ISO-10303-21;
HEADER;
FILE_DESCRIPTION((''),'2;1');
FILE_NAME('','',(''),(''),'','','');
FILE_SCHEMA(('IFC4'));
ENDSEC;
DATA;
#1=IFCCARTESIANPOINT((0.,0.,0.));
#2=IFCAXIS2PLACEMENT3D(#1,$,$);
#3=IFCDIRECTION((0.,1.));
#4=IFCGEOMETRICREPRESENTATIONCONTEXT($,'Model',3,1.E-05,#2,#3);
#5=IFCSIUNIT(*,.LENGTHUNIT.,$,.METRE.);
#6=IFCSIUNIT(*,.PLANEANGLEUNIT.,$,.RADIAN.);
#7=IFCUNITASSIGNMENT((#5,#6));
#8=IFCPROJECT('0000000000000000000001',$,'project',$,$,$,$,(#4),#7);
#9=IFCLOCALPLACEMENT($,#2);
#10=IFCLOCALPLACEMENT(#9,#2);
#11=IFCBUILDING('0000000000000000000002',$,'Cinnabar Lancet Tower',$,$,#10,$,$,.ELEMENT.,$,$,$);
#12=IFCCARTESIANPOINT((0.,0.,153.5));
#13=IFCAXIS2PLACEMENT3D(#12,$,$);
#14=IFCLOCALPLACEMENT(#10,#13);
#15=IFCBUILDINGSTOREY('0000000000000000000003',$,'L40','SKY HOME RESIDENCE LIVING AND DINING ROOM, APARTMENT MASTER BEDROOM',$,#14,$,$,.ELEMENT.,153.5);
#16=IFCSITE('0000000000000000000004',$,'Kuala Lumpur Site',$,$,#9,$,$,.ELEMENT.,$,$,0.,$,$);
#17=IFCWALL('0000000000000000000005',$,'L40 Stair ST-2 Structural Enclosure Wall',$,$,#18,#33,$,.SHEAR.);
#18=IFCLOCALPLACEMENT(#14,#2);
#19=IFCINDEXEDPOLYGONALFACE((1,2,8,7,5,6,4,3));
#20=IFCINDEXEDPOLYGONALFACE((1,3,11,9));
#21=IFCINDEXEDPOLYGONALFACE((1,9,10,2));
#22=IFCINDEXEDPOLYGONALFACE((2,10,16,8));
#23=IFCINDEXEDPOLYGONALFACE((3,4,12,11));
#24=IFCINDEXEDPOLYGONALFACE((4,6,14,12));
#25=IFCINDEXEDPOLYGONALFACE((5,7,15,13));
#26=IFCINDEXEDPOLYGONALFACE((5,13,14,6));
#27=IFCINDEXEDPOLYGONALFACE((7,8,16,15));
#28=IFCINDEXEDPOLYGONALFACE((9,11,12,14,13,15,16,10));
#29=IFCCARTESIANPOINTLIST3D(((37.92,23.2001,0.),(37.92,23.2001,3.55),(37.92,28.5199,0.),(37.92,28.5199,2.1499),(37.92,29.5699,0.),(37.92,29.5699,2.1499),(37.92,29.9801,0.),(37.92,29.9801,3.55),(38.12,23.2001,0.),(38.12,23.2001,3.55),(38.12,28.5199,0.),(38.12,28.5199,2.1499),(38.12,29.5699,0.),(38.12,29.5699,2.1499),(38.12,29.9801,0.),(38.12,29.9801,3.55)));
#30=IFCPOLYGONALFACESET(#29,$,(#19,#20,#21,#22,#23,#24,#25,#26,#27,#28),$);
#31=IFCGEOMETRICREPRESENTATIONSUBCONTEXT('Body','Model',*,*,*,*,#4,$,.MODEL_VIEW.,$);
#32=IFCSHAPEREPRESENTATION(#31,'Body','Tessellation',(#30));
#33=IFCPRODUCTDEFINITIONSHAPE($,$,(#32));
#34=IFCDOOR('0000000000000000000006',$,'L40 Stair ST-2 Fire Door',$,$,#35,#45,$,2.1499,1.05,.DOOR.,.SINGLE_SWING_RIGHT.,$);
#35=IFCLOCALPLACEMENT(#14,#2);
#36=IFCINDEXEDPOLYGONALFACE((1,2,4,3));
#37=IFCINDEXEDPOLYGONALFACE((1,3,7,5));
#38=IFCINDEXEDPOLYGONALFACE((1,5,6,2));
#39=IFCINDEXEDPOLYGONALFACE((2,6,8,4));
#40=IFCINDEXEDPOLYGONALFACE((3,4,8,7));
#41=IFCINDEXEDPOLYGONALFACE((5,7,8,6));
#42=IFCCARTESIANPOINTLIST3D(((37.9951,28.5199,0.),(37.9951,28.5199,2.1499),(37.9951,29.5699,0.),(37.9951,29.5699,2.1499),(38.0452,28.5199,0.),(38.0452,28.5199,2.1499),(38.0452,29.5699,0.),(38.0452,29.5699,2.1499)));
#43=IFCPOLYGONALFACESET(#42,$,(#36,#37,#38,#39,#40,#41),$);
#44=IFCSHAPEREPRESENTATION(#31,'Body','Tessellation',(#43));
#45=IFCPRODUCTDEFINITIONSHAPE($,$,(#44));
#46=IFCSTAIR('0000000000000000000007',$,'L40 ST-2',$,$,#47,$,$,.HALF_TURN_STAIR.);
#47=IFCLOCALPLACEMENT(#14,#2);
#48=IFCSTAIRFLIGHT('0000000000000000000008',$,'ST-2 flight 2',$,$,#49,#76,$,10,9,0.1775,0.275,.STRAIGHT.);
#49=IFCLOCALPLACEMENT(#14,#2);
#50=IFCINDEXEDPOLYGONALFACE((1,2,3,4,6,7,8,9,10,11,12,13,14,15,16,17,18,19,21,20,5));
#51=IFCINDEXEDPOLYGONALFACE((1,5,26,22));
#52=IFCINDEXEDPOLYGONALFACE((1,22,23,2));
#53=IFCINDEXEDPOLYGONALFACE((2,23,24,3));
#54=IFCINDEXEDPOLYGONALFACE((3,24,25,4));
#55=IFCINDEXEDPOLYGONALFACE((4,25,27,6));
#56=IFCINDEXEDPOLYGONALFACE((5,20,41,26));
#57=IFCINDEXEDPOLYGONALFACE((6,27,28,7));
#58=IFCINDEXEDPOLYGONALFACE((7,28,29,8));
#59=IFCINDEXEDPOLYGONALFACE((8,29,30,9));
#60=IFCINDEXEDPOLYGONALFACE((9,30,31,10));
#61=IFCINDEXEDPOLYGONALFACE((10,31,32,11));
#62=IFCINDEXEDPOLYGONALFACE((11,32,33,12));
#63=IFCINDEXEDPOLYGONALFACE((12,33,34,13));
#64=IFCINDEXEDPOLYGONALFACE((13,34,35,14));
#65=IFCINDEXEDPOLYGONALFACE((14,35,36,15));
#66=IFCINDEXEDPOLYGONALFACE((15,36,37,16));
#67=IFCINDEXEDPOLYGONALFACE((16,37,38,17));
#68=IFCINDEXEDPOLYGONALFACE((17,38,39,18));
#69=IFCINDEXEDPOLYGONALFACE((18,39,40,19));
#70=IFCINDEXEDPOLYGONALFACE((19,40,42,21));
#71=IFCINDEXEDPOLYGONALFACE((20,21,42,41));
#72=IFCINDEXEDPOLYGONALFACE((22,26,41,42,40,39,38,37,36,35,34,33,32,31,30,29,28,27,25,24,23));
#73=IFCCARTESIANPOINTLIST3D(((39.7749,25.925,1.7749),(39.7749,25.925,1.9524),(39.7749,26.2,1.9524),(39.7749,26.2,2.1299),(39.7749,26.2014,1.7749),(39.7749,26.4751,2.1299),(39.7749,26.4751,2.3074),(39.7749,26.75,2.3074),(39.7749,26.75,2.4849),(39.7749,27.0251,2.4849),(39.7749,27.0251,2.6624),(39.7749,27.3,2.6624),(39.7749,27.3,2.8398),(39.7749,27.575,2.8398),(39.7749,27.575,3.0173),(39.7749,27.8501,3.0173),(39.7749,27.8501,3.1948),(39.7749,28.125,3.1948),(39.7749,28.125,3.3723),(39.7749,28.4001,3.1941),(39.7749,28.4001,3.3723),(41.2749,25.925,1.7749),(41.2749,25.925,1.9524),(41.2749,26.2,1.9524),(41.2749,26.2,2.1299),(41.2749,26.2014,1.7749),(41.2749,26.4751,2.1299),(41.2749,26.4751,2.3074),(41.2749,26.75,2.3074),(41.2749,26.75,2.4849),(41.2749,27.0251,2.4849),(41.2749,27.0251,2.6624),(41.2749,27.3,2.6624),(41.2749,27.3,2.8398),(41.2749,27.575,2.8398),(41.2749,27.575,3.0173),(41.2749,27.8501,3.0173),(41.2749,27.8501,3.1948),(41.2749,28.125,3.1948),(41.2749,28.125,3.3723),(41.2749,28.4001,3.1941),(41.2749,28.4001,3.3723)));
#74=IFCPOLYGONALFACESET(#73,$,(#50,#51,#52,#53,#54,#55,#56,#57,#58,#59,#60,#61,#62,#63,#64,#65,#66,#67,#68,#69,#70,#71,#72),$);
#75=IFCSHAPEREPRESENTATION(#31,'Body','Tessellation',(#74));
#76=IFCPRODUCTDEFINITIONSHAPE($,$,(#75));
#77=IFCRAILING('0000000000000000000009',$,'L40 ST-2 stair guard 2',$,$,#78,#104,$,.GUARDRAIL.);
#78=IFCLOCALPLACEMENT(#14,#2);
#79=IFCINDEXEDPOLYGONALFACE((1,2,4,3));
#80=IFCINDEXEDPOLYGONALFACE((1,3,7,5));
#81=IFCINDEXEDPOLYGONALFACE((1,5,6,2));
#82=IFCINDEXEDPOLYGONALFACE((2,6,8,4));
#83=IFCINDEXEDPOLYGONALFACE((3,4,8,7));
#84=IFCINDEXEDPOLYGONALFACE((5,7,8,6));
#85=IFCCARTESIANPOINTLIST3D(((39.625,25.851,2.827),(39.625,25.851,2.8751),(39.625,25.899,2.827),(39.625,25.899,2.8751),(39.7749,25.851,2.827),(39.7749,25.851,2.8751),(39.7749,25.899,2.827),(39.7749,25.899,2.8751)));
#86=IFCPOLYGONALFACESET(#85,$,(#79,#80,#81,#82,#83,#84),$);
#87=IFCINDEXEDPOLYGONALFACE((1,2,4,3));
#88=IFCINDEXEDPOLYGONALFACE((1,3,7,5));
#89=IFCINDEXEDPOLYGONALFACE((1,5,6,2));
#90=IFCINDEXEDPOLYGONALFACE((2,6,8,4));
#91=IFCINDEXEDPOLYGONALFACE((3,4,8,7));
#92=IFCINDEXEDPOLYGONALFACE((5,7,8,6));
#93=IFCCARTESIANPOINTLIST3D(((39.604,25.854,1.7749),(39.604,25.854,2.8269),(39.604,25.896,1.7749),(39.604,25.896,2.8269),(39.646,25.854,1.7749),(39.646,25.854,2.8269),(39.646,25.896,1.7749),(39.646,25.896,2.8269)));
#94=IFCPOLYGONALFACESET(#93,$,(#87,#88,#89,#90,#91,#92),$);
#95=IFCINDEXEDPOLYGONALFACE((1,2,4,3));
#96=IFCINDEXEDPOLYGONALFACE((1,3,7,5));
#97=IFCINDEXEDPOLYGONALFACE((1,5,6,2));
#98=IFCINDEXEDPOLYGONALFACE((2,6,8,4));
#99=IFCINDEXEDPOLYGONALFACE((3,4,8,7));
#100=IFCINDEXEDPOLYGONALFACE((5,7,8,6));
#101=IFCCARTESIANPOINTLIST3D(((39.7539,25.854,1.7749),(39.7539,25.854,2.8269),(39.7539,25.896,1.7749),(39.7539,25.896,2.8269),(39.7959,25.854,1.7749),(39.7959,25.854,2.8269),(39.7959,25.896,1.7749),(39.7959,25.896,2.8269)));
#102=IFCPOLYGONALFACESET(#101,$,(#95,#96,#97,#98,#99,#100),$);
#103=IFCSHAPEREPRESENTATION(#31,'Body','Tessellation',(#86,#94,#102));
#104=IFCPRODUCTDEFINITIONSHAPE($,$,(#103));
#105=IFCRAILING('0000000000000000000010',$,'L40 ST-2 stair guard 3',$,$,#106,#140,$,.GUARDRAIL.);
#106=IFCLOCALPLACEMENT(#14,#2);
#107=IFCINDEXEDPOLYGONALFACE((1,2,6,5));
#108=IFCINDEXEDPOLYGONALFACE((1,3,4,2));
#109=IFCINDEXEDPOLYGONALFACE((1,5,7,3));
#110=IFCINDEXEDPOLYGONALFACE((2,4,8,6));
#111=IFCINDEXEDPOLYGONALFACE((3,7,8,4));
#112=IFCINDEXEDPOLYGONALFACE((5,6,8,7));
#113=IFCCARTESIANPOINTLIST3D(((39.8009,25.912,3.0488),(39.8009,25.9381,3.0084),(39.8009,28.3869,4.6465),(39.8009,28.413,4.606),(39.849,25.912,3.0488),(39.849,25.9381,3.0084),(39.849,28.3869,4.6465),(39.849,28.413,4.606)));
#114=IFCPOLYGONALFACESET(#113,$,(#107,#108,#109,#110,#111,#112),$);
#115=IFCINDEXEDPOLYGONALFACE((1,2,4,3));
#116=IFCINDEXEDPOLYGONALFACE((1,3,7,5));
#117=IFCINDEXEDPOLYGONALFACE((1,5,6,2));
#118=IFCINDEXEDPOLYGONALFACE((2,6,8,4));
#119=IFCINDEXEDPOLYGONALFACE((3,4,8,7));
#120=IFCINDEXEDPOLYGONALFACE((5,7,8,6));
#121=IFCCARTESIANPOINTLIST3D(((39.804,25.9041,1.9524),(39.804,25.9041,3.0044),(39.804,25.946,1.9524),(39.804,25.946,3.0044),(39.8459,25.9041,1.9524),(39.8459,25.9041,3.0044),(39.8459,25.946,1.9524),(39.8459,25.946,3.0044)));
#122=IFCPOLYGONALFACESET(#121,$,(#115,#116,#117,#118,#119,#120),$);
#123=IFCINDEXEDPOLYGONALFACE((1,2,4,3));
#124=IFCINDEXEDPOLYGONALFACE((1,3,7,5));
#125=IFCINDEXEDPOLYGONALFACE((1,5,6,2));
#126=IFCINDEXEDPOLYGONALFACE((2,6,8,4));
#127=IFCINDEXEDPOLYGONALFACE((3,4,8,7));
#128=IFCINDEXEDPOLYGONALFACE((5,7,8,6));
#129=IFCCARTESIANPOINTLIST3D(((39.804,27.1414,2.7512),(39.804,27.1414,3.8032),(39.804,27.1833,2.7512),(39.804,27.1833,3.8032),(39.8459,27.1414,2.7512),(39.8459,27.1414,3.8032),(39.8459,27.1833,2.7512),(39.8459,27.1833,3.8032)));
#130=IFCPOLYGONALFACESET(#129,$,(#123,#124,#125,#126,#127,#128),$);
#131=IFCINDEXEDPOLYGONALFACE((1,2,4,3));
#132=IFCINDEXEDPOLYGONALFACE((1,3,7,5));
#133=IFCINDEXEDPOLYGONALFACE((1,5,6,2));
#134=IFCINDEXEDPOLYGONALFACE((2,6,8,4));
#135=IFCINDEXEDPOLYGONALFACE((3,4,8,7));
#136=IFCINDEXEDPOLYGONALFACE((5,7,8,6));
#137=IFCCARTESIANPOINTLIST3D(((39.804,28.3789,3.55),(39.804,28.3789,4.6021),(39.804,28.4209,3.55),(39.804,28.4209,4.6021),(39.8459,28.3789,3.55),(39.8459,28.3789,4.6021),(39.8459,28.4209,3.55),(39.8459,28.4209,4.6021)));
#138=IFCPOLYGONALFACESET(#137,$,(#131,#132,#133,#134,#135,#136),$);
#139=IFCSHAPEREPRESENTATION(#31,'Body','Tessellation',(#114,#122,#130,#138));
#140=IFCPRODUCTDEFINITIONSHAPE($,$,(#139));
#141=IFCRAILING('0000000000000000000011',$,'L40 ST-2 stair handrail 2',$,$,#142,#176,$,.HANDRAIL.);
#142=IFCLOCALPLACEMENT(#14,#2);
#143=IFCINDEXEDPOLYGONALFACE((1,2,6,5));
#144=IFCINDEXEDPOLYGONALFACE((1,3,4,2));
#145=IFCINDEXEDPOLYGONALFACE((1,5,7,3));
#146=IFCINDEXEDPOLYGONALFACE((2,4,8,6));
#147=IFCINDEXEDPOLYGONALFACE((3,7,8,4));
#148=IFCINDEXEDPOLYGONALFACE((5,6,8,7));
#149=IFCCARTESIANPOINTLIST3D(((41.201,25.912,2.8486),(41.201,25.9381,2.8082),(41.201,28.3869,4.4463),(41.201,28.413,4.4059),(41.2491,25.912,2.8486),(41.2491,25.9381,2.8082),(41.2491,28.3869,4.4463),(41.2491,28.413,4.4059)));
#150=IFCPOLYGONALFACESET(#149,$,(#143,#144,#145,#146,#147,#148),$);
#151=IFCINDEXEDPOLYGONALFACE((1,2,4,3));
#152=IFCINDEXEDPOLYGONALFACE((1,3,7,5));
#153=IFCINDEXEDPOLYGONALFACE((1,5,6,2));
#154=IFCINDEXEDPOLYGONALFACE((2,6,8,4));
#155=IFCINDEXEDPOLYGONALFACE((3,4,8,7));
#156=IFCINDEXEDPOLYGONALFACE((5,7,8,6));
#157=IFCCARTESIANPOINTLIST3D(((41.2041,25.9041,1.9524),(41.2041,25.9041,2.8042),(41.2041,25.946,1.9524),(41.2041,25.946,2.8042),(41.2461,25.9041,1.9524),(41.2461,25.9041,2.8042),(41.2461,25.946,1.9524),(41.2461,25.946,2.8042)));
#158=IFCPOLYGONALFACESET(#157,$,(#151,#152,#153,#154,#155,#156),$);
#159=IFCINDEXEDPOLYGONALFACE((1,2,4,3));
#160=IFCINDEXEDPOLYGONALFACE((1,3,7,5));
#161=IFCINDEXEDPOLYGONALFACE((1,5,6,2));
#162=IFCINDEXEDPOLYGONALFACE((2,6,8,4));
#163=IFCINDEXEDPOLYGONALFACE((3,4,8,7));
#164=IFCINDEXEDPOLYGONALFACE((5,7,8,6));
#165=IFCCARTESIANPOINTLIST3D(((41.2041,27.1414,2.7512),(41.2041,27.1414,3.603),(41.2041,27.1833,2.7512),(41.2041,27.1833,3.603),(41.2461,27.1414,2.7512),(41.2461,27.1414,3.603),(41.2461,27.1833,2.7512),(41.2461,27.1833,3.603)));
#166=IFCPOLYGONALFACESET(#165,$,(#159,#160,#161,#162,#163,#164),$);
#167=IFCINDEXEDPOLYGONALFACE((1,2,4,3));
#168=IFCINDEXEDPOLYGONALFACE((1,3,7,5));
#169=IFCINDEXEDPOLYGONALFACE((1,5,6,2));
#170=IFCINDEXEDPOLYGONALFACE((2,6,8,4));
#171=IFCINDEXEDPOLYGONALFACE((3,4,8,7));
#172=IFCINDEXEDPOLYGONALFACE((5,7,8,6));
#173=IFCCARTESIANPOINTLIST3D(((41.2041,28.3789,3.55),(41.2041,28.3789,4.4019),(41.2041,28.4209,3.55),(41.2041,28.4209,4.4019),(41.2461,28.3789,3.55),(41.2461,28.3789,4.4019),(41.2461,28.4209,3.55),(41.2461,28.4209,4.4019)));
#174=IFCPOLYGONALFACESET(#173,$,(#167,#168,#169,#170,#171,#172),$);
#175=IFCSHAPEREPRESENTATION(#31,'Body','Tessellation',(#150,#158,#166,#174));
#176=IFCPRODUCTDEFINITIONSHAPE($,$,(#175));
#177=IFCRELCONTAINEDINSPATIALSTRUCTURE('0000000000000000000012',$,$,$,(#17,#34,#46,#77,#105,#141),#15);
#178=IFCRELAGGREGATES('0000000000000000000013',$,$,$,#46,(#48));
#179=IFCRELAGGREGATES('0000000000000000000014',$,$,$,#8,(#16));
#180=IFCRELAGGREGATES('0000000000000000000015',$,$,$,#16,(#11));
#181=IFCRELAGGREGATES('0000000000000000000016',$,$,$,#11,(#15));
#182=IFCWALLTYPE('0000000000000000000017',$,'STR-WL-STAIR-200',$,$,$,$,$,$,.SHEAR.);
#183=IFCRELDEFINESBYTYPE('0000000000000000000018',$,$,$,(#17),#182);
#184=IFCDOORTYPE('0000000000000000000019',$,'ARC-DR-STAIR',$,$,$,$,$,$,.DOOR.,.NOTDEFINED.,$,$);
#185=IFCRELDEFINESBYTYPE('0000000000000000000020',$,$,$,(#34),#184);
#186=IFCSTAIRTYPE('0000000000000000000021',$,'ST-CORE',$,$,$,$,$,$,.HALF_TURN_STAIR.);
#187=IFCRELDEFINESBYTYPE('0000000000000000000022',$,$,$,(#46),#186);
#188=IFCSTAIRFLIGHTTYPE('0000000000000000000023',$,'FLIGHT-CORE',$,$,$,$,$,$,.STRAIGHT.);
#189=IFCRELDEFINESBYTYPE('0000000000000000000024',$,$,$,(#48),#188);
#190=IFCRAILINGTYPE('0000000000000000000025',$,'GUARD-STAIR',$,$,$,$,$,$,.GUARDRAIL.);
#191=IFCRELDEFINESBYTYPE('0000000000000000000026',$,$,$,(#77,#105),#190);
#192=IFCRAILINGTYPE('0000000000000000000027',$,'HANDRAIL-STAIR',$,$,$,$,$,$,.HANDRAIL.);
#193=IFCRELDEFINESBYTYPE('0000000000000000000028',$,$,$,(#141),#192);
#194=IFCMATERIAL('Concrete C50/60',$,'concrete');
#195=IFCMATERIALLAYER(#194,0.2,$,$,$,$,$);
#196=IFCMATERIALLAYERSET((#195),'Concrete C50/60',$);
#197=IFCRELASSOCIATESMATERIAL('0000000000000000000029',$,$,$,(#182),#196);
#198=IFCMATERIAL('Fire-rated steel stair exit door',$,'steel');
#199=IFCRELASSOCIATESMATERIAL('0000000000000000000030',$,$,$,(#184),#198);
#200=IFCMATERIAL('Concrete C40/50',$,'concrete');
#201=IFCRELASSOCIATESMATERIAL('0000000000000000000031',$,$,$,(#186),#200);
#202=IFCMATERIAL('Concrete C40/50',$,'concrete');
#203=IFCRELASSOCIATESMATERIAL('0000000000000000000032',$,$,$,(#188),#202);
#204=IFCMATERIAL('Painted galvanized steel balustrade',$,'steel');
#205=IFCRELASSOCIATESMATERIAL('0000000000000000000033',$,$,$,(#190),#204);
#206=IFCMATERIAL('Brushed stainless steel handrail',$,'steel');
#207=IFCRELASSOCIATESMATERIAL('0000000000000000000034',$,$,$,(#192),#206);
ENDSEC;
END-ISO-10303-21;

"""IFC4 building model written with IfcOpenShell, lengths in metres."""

from ifc_helpers import new_model, si_unit, direction, frame, frame_2d, origin, origin_2d, place, context, subcontext, project, spatial, polyline, rectangle, outline, extrude, material, layer, layer_set, type_object, element, fill, aggregate, save


model = new_model("IFC4")

# Units and contexts
model_context = context("Model", 3, precision=1e-05, world=origin(), true_north=direction((0.0, 1.0)))
body_context = subcontext(model_context, "Body", "Model", "MODEL_VIEW")
ifc_project = project(units=[si_unit("LENGTHUNIT", "METRE"), si_unit("PLANEANGLEUNIT", "RADIAN")], contexts=[model_context])

# Site, building, storey
site_placement = place(None, origin())
site = spatial("IfcSite", under=ifc_project, at=site_placement, Name="Kuala Lumpur Site", CompositionType="ELEMENT", RefElevation=0.0)
building_placement = place(site_placement, origin())
building = spatial("IfcBuilding", under=site, at=building_placement, Name="Cinnabar Lancet Tower", CompositionType="ELEMENT")
storey_placement = place(building_placement, frame((0.0, 0.0, 153.5)))
storey = spatial("IfcBuildingStorey", under=building, at=storey_placement, Name="L40", Description="SKY HOME RESIDENCE LIVING AND DINING ROOM, APARTMENT MASTER BEDROOM", CompositionType="ELEMENT", Elevation=153.5)

# Wall, opening, door
ifc_material_1 = material(Name="Concrete C50/60", Category="concrete")
ifc_layer_1 = layer(ifc_material_1, 0.2)
ifc_layer_set_1 = layer_set([ifc_layer_1], Name="Concrete C50/60")
wall_type_1 = type_object("IfcWallType", Name="STR-WL-STAIR-200", PredefinedType="SHEAR", material=ifc_layer_set_1)
wall_1_placement = place(storey_placement, frame((38.02, 23.2, 0.0), z_axis=(0.0, 0.0, 1.0), x_axis=(0.0, 1.0, 0.0)))
wall_1 = element("IfcWall", 1, at=wall_1_placement, inside=storey, type_object=wall_type_1, Name="L40 Stair ST-2 Structural Enclosure Wall", PredefinedType="SHEAR", context=body_context, shape_type="SweptSolid", body=[
    extrude(rectangle(XDim=6.78, YDim=0.2, at=frame_2d((3.3901, 0.0))), origin(), (0.0, 0.0, 1.0), 3.55),
])
opening_1_placement = place(wall_1_placement, frame((5.3201, 0.0, 0.0)))
opening_1 = element("IfcOpeningElement", 2, at=opening_1_placement, cuts=wall_1, PredefinedType="OPENING", context=body_context, shape_type="SweptSolid", body=[
    extrude(rectangle(XDim=1.05, YDim=2.1499, at=frame_2d((0.5249, 1.075))), frame((0.0, 0.1099, 0.0), z_axis=(0.0, -1.0, 0.0), x_axis=(1.0, 0.0, 0.0)), (0.0, 0.0, 1.0), 0.22),
])
ifc_material_2 = material(Name="Fire-rated steel stair exit door", Category="steel")
door_type_1 = type_object("IfcDoorType", Name="ARC-DR-STAIR", OperationType="NOTDEFINED", PredefinedType="DOOR", material=ifc_material_2)
door_1_placement = place(opening_1_placement, origin())
door_1 = element("IfcDoor", 3, at=door_1_placement, inside=storey, type_object=door_type_1, Name="L40 Stair ST-2 Fire Door", OperationType="SINGLE_SWING_RIGHT", OverallHeight=2.1499, OverallWidth=1.05, PredefinedType="DOOR", context=body_context, shape_type="SweptSolid", body=[
    extrude(rectangle(XDim=1.05, YDim=2.1499, at=frame_2d((0.5249, 1.075))), frame((0.0, 0.0249, 0.0), z_axis=(0.0, -1.0, 0.0), x_axis=(1.0, 0.0, 0.0)), (0.0, 0.0, 1.0), 0.05),
])
fill(opening_1, door_1)

# Stair, stair flight
ifc_material_3 = material(Name="Concrete C40/50", Category="concrete")
stair_type = type_object("IfcStairType", Name="ST-CORE", PredefinedType="HALF_TURN_STAIR", material=ifc_material_3)
stair_placement = place(storey_placement, origin())
stair = element("IfcStair", 4, at=stair_placement, inside=storey, type_object=stair_type, Name="L40 ST-2", PredefinedType="HALF_TURN_STAIR")
ifc_material_4 = material(Name="Concrete C40/50", Category="concrete")
stair_flight_type = type_object("IfcStairFlightType", Name="FLIGHT-CORE", PredefinedType="STRAIGHT", material=ifc_material_4)
stair_flight_placement = place(storey_placement, frame((40.5249, 25.925, 1.7749), z_axis=(0.0, 0.0, 1.0), x_axis=(0.0, 1.0, 0.0)))
stair_flight = element("IfcStairFlight", 5, at=stair_flight_placement, type_object=stair_flight_type, Name="ST-2 flight 2", NumberOfRisers=10, NumberOfTreads=9, PredefinedType="STRAIGHT", RiserHeight=0.1775, TreadLength=0.275, context=body_context, shape_type="SweptSolid", body=[
    extrude(outline(polyline([(0.0, 0.0), (0.0, 0.1775), (0.2749, 0.1775), (0.2749, 0.355), (0.55, 0.355), (0.55, 0.5325), (0.825, 0.5325), (0.825, 0.71), (1.1001, 0.71), (1.1001, 0.8875), (1.375, 0.8875), (1.375, 1.0649), (1.6499, 1.0649), (1.6499, 1.2424), (1.925, 1.2424), (1.925, 1.4199), (2.2, 1.4199), (2.2, 1.5974), (2.4751, 1.5974), (2.4751, 1.7749), (2.4751, 1.4192), (0.2764, 0.0), (0.0, 0.0)])), frame((0.0, 0.75, 0.0), z_axis=(0.0, -1.0, 0.0), x_axis=(1.0, 0.0, 0.0)), (0.0, 0.0, 1.0), 1.5),
])
aggregate(stair, [stair_flight])

# Railings
ifc_material_5 = material(Name="Painted galvanized steel balustrade", Category="steel")
railing_type_1 = type_object("IfcRailingType", Name="GUARD-STAIR", PredefinedType="GUARDRAIL", material=ifc_material_5)
railing_1_placement = place(storey_placement, frame((39.625, 25.875, 1.7749)))
element("IfcRailing", 6, at=railing_1_placement, inside=storey, type_object=railing_type_1, Name="L40 ST-2 stair guard 2", PredefinedType="GUARDRAIL", context=body_context, shape_type="SweptSolid", body=[
    extrude(rectangle(XDim=0.0481, YDim=0.0481, at=origin_2d()), frame((0.0, 0.0, 1.0762), z_axis=(1.0, 0.0, 0.0), x_axis=(0.0, 1.0, 0.0)), (0.0, 0.0, 1.0), 0.1499),
    extrude(rectangle(XDim=0.042, YDim=0.042, at=origin_2d()), origin(), (0.0, 0.0, 1.0), 1.052),
    extrude(rectangle(XDim=0.042, YDim=0.042, at=origin_2d()), frame((0.1499, 0.0, 0.0)), (0.0, 0.0, 1.0), 1.052),
])
railing_2_placement = place(storey_placement, frame((39.825, 25.925, 1.9524)))
element("IfcRailing", 7, at=railing_2_placement, inside=storey, type_object=railing_type_1, Name="L40 ST-2 stair guard 3", PredefinedType="GUARDRAIL", context=body_context, shape_type="SweptSolid", body=[
    extrude(rectangle(XDim=0.0481, YDim=0.0481, at=origin_2d()), frame((0.0, 0.0, 1.0762), z_axis=(0.0, 0.840146, 0.542361), x_axis=(-1.0, 0.0, 0.0)), (0.0, 0.0, 1.0), 2.9458),
    extrude(rectangle(XDim=0.042, YDim=0.042, at=origin_2d()), origin(), (0.0, 0.0, 1.0), 1.052),
    extrude(rectangle(XDim=0.042, YDim=0.042, at=origin_2d()), frame((0.0, 1.2373, 0.7988)), (0.0, 0.0, 1.0), 1.052),
    extrude(rectangle(XDim=0.042, YDim=0.042, at=origin_2d()), frame((0.0, 2.4749, 1.5977)), (0.0, 0.0, 1.0), 1.052),
])
ifc_material_6 = material(Name="Brushed stainless steel handrail", Category="steel")
railing_type_2 = type_object("IfcRailingType", Name="HANDRAIL-STAIR", PredefinedType="HANDRAIL", material=ifc_material_6)
railing_3_placement = place(storey_placement, frame((41.2251, 25.925, 1.9524)))
element("IfcRailing", 8, at=railing_3_placement, inside=storey, type_object=railing_type_2, Name="L40 ST-2 stair handrail 2", PredefinedType="HANDRAIL", context=body_context, shape_type="SweptSolid", body=[
    extrude(rectangle(XDim=0.0481, YDim=0.0481, at=origin_2d()), frame((0.0, 0.0, 0.876), z_axis=(0.0, 0.840146, 0.542361), x_axis=(-1.0, 0.0, 0.0)), (0.0, 0.0, 1.0), 2.9458),
    extrude(rectangle(XDim=0.042, YDim=0.042, at=origin_2d()), origin(), (0.0, 0.0, 1.0), 0.8518),
    extrude(rectangle(XDim=0.042, YDim=0.042, at=origin_2d()), frame((0.0, 1.2373, 0.7988)), (0.0, 0.0, 1.0), 0.8518),
    extrude(rectangle(XDim=0.042, YDim=0.042, at=origin_2d()), frame((0.0, 2.4749, 1.5977)), (0.0, 0.0, 1.0), 0.8518),
])

save(model, "model.ifc")
